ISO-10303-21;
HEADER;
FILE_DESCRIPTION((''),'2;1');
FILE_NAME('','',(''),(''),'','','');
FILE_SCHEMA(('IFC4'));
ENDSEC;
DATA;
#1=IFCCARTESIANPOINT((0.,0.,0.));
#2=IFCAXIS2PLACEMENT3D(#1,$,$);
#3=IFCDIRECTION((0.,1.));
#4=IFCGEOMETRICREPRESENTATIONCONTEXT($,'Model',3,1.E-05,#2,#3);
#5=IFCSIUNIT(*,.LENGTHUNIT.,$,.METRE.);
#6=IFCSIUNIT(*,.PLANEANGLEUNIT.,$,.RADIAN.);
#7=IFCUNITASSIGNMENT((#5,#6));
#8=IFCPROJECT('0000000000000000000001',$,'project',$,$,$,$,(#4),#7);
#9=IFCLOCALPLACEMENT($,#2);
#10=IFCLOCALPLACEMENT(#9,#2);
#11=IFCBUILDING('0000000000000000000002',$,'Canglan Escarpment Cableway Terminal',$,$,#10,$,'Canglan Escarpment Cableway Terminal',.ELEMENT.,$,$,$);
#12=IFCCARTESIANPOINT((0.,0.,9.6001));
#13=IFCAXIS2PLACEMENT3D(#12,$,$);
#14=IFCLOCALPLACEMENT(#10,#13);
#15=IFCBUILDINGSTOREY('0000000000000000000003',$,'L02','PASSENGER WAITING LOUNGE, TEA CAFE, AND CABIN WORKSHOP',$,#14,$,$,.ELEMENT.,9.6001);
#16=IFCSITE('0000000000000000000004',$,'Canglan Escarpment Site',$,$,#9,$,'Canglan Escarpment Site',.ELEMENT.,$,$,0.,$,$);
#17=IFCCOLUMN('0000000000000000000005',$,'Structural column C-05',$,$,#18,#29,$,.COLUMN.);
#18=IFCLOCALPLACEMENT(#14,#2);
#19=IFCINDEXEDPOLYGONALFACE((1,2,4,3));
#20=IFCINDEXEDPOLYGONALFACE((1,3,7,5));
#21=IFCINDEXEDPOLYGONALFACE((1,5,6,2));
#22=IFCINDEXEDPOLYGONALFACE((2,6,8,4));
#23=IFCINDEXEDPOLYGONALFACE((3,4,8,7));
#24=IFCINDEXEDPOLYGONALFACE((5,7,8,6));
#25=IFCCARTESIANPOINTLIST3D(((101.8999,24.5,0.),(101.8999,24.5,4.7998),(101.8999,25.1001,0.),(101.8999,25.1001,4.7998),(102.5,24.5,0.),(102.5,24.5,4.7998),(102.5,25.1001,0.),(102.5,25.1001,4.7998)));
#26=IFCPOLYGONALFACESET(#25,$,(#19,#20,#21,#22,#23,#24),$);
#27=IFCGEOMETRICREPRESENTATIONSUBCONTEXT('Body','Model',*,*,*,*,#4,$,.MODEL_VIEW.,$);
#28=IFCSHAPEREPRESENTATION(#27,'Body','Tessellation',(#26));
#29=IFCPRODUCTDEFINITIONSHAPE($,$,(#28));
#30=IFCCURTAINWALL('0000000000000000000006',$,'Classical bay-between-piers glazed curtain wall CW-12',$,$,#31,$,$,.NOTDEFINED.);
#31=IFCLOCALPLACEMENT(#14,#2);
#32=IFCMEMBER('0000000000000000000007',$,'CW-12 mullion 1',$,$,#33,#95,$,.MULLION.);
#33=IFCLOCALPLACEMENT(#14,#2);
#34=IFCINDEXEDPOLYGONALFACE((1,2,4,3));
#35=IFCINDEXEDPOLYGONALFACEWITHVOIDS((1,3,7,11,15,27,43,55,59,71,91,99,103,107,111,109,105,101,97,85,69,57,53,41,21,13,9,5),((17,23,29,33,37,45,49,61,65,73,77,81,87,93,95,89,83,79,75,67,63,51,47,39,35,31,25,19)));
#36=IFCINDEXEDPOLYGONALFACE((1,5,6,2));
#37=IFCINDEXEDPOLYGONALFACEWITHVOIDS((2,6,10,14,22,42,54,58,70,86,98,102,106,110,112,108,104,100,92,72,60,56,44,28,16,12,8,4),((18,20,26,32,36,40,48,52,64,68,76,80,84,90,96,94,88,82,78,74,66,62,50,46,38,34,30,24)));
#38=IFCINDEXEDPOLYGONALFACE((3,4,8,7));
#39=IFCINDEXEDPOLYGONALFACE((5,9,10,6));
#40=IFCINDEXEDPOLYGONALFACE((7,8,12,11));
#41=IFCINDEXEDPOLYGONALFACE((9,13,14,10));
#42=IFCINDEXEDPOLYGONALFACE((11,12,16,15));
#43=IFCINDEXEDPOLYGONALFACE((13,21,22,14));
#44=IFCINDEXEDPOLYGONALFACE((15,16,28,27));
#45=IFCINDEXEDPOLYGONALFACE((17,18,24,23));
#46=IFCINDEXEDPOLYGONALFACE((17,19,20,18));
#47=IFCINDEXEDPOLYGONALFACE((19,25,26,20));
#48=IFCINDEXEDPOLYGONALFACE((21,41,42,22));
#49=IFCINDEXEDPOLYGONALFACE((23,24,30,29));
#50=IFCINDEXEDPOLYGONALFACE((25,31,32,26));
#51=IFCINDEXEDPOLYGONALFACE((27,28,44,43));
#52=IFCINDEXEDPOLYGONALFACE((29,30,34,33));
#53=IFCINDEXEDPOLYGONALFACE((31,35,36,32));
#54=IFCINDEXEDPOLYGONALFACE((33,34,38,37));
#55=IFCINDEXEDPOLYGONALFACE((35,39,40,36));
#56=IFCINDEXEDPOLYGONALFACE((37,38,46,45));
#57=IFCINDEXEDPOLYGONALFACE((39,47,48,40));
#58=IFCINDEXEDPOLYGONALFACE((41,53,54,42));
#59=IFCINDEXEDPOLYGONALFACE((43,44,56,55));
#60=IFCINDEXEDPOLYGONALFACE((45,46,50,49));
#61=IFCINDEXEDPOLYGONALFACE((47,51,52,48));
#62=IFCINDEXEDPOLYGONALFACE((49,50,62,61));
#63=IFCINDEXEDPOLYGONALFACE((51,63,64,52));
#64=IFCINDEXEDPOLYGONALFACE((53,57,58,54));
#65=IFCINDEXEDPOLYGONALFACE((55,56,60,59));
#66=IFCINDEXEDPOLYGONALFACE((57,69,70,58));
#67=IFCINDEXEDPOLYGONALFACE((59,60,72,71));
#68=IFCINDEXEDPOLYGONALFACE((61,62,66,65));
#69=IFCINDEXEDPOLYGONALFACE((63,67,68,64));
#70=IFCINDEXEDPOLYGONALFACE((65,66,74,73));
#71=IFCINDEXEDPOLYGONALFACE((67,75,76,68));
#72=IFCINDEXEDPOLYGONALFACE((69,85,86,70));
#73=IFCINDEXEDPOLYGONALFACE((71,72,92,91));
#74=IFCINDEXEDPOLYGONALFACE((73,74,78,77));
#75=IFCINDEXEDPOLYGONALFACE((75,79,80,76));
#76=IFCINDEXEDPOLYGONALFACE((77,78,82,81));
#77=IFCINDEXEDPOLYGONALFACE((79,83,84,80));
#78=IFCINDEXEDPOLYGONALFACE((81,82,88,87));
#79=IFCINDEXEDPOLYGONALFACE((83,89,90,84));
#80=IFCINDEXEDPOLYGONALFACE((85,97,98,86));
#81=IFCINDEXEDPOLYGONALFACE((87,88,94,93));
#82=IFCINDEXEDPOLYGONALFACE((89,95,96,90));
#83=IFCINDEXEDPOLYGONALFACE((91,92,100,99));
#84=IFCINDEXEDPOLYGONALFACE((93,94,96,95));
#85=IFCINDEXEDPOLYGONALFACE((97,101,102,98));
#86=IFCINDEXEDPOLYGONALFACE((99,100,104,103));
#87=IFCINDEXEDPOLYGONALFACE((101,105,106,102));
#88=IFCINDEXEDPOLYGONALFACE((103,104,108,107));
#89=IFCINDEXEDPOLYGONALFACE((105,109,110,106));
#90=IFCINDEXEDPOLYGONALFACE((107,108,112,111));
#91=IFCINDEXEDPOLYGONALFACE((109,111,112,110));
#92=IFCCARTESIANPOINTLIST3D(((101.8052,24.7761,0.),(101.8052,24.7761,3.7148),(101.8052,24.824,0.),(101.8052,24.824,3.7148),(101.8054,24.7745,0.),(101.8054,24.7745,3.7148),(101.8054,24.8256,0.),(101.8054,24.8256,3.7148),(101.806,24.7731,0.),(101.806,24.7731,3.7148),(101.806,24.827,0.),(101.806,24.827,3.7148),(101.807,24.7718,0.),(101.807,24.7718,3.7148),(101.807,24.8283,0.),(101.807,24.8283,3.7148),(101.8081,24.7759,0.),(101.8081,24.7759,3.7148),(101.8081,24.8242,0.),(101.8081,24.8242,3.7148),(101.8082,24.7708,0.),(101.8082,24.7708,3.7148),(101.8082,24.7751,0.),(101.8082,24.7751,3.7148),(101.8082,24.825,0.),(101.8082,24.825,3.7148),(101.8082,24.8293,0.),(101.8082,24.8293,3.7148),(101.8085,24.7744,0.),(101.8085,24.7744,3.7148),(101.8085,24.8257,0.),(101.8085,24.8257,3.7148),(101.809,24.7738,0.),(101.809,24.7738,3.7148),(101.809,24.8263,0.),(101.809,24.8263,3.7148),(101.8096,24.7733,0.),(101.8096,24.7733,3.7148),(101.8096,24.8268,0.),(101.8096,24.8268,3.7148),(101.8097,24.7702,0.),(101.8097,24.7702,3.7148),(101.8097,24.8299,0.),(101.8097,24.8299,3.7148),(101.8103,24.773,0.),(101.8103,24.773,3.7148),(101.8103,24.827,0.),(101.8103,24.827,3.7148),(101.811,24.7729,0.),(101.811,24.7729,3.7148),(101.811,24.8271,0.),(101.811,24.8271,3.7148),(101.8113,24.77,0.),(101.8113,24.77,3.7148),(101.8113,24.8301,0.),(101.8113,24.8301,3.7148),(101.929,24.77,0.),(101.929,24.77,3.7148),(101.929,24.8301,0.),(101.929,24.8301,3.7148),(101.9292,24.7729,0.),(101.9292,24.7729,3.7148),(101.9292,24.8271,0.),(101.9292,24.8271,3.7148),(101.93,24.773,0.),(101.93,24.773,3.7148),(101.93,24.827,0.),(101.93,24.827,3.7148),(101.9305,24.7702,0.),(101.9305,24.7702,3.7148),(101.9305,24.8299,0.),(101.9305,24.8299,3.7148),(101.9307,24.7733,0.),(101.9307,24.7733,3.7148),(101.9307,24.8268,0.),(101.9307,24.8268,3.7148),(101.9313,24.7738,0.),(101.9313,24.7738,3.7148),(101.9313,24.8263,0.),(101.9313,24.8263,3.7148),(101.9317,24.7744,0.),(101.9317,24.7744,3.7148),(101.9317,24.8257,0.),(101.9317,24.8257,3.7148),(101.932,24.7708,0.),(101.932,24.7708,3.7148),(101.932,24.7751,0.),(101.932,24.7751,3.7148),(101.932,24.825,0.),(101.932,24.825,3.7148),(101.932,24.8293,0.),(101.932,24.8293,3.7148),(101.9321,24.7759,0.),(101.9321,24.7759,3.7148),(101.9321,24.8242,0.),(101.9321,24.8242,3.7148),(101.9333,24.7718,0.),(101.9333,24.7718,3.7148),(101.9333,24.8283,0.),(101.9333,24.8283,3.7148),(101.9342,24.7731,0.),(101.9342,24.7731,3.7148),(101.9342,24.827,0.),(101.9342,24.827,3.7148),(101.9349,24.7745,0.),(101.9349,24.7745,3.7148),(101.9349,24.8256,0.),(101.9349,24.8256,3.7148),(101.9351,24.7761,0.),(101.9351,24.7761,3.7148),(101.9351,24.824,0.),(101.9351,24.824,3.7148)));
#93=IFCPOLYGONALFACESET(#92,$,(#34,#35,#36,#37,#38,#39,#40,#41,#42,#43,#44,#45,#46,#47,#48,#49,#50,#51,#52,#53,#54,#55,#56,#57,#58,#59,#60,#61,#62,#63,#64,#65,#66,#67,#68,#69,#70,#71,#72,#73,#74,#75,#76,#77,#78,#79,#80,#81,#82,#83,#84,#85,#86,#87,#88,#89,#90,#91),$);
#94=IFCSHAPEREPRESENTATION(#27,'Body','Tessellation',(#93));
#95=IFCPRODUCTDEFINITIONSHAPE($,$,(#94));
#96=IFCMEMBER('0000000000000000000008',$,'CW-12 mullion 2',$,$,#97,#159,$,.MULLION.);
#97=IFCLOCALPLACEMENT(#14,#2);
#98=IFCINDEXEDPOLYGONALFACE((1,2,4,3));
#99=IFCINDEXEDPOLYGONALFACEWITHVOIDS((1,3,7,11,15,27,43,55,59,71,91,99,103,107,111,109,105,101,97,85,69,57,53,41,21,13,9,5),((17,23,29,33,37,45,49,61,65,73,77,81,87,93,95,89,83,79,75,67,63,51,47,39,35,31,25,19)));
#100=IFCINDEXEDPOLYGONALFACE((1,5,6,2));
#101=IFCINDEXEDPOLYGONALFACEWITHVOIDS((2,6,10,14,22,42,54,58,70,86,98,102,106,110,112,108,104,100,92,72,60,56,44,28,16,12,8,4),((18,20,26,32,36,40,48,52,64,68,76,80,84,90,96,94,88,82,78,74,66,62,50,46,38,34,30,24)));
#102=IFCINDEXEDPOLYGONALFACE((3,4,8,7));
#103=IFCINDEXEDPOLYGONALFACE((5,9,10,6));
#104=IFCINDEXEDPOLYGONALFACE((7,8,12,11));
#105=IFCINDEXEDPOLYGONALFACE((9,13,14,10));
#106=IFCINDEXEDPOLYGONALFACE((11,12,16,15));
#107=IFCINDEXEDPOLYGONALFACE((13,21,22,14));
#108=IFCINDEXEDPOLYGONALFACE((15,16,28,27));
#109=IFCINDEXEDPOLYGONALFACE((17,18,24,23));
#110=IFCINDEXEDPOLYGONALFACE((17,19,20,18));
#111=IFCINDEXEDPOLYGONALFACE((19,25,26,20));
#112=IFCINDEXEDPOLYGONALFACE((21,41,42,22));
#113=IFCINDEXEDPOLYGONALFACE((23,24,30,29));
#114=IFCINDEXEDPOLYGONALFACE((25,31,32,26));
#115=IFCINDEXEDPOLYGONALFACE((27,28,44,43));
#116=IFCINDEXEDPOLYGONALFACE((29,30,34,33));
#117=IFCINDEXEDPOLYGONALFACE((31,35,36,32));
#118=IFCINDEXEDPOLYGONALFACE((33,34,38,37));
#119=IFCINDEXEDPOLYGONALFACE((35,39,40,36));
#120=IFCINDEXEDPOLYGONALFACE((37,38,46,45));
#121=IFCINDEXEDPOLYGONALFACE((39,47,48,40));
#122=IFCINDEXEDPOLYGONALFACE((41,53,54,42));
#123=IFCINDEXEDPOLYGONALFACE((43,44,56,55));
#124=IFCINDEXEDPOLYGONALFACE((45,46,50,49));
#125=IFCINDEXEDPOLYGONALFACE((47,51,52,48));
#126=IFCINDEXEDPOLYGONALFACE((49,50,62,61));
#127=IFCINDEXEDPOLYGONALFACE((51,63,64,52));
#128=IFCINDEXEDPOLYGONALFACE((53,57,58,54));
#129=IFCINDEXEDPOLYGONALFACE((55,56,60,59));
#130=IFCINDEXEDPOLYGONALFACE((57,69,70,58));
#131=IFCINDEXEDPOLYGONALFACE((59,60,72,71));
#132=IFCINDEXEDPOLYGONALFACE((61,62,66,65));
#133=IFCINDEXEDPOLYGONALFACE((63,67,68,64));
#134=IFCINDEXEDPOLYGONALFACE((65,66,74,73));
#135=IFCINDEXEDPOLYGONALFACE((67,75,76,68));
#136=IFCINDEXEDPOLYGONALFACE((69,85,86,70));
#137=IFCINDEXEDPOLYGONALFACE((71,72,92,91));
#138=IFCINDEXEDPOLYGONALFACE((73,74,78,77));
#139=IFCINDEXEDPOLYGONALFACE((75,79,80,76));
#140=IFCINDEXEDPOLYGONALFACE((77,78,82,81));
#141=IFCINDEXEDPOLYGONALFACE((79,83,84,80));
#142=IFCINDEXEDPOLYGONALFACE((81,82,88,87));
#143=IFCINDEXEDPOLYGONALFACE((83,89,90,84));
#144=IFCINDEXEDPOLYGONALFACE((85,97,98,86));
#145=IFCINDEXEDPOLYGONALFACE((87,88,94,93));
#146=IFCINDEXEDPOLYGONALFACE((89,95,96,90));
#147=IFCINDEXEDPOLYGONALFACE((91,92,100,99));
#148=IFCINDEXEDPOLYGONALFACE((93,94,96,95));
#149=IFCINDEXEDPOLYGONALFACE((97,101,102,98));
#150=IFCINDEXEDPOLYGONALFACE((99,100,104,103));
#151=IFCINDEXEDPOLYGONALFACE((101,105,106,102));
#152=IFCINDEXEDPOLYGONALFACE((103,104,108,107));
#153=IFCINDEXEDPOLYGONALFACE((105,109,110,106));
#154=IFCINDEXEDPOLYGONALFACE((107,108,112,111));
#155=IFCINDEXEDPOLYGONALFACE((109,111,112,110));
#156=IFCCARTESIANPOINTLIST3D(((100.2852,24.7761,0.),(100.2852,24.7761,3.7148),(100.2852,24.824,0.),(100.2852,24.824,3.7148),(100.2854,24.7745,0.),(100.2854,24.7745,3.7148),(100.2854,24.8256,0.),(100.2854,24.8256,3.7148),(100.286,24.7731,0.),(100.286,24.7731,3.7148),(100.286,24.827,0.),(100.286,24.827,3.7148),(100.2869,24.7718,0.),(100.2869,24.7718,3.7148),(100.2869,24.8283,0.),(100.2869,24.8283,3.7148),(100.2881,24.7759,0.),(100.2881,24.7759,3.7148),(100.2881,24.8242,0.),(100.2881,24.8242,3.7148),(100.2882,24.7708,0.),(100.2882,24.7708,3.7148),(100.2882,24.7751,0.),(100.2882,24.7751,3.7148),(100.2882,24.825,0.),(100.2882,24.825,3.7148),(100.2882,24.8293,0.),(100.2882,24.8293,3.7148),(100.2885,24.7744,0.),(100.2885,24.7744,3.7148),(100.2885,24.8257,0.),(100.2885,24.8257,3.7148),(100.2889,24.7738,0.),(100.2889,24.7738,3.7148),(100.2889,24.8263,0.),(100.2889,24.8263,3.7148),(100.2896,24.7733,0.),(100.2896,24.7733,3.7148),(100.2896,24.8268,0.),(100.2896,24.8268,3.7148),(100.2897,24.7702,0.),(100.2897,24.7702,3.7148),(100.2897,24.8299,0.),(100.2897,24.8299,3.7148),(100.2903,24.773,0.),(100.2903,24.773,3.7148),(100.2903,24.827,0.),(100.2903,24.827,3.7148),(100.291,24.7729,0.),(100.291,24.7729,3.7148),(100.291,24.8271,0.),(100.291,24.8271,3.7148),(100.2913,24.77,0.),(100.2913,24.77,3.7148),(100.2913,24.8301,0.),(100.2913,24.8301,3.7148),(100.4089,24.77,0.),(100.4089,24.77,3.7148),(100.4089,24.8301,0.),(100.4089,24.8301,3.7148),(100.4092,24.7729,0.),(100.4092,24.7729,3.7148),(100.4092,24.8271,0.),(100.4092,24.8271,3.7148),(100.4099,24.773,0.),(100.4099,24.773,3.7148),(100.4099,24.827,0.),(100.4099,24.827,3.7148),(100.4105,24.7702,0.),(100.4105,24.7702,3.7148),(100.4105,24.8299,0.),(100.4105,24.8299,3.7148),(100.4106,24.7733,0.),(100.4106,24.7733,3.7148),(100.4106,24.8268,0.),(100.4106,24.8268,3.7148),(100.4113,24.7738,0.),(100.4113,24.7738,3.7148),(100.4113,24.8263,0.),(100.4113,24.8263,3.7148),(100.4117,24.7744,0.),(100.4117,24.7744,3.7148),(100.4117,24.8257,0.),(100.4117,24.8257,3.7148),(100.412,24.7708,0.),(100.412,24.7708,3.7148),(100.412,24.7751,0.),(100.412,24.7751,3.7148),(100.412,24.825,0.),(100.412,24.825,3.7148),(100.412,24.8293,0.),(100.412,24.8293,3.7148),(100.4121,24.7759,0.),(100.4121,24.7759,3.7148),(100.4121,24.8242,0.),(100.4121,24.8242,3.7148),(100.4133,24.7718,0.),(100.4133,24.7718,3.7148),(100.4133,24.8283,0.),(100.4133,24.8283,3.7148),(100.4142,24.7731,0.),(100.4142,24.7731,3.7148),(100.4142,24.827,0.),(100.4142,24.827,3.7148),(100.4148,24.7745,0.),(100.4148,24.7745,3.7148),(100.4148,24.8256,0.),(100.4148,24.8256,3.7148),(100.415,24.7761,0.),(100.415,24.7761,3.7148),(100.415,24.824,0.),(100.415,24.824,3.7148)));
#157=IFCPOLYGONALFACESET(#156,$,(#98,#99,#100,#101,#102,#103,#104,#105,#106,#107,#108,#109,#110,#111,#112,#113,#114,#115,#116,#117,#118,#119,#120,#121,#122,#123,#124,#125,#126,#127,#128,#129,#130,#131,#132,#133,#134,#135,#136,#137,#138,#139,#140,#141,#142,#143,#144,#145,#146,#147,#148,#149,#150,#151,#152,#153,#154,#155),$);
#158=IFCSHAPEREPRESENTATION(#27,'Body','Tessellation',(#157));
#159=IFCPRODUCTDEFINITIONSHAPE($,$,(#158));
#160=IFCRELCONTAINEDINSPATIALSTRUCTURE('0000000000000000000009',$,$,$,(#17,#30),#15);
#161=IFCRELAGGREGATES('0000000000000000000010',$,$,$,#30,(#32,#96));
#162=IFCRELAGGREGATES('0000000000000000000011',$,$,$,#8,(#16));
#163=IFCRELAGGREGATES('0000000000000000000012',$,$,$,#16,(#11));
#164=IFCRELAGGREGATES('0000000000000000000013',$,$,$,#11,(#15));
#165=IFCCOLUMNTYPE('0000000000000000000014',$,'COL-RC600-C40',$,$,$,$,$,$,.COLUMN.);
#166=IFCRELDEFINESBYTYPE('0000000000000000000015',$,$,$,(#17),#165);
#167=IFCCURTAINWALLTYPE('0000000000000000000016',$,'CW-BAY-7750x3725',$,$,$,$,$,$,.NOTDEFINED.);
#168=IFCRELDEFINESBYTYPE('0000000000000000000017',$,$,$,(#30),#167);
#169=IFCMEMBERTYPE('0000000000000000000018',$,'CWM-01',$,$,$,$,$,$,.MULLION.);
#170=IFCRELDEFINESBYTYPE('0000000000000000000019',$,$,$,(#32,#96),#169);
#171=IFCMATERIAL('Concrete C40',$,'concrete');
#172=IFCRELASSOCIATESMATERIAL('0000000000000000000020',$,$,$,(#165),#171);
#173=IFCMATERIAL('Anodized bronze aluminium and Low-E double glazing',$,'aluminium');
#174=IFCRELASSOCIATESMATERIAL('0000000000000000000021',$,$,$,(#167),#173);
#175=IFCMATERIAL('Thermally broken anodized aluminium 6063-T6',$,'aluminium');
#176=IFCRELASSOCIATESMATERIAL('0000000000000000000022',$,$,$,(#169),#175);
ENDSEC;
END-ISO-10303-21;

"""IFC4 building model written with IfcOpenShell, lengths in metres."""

from ifc_helpers import new_model, si_unit, direction, frame, origin, origin_2d, place, context, subcontext, project, spatial, rectangle, hollow_rectangle, extrude, material, material_profile, profile_set, type_object, element, aggregate, save


model = new_model("IFC4")

# Units and contexts
model_context = context("Model", 3, precision=1e-05, world=origin(), true_north=direction((0.0, 1.0)))
body_context = subcontext(model_context, "Body", "Model", "MODEL_VIEW")
ifc_project = project(units=[si_unit("LENGTHUNIT", "METRE"), si_unit("PLANEANGLEUNIT", "RADIAN")], contexts=[model_context])

# Site, building, storey
site_placement = place(None, origin())
site = spatial("IfcSite", under=ifc_project, at=site_placement, Name="Canglan Escarpment Site", LongName="Canglan Escarpment Site", CompositionType="ELEMENT", RefElevation=0.0)
building_placement = place(site_placement, origin())
building = spatial("IfcBuilding", under=site, at=building_placement, Name="Canglan Escarpment Cableway Terminal", LongName="Canglan Escarpment Cableway Terminal", CompositionType="ELEMENT")
storey_placement = place(building_placement, frame((0.0, 0.0, 9.6001)))
storey = spatial("IfcBuildingStorey", under=building, at=storey_placement, Name="L02", Description="PASSENGER WAITING LOUNGE, TEA CAFE, AND CABIN WORKSHOP", CompositionType="ELEMENT", Elevation=9.6001)

# Column
ifc_material_1 = material(Name="Concrete C40", Category="concrete")
ifc_material_profile_1 = material_profile(ifc_material_1, rectangle(XDim=0.6001, YDim=0.6001, at=origin_2d()), Name="RC 600x600")
ifc_profile_set_1 = profile_set([ifc_material_profile_1], Name="Concrete C40")
column_type = type_object("IfcColumnType", Name="COL-RC600-C40", PredefinedType="COLUMN", material=ifc_profile_set_1)
column_placement = place(storey_placement, frame((102.2, 24.8, 0.0), z_axis=(0.0, 0.0, 1.0), x_axis=(1.0, 0.0, 0.0)))
element("IfcColumn", 1, at=column_placement, inside=storey, type_object=column_type, Name="Structural column C-05", PredefinedType="COLUMN", context=body_context, shape_type="SweptSolid", body=[
    extrude(rectangle(XDim=0.6001, YDim=0.6001, at=origin_2d()), origin(), (0.0, 0.0, 1.0), 4.7998),
])

# Curtain wall, members
ifc_material_2 = material(Name="Anodized bronze aluminium and Low-E double glazing", Category="aluminium")
curtain_wall_type = type_object("IfcCurtainWallType", Name="CW-BAY-7750x3725", PredefinedType="NOTDEFINED", material=ifc_material_2)
curtain_wall_1_placement = place(storey_placement, origin())
curtain_wall_1 = element("IfcCurtainWall", 2, at=curtain_wall_1_placement, inside=storey, type_object=curtain_wall_type, Name="Classical bay-between-piers glazed curtain wall CW-12", PredefinedType="NOTDEFINED")
ifc_material_3 = material(Name="Thermally broken anodized aluminium 6063-T6", Category="aluminium")
ifc_material_profile_2 = material_profile(ifc_material_3, hollow_rectangle(XDim=0.0601, YDim=0.1299, WallThickness=0.0029, InnerFilletRadius=0.0029, OuterFilletRadius=0.0061, at=origin_2d()), Name="ALU-MULL 60x130x3")
ifc_profile_set_2 = profile_set([ifc_material_profile_2], Name="Thermally broken anodized aluminium 6063-T6")
member_type_1 = type_object("IfcMemberType", Name="CWM-01", PredefinedType="MULLION", material=ifc_profile_set_2)
member_1_placement = place(storey_placement, frame((101.8701, 24.8, 0.0), z_axis=(0.0, 0.0, 1.0), x_axis=(0.0, -1.0, 0.0)))
member_1 = element("IfcMember", 3, at=member_1_placement, type_object=member_type_1, Name="CW-12 mullion 1", PredefinedType="MULLION", context=body_context, shape_type="SweptSolid", body=[
    extrude(hollow_rectangle(XDim=0.0601, YDim=0.1299, WallThickness=0.0029, InnerFilletRadius=0.0029, OuterFilletRadius=0.0061, at=origin_2d()), origin(), (0.0, 0.0, 1.0), 3.7148),
])
member_2_placement = place(storey_placement, frame((100.3501, 24.8, 0.0), z_axis=(0.0, 0.0, 1.0), x_axis=(0.0, -1.0, 0.0)))
member_2 = element("IfcMember", 4, at=member_2_placement, type_object=member_type_1, Name="CW-12 mullion 2", PredefinedType="MULLION", context=body_context, shape_type="SweptSolid", body=[
    extrude(hollow_rectangle(XDim=0.0601, YDim=0.1299, WallThickness=0.0029, InnerFilletRadius=0.0029, OuterFilletRadius=0.0061, at=origin_2d()), origin(), (0.0, 0.0, 1.0), 3.7148),
])

aggregate(curtain_wall_1, [member_1, member_2])

save(model, "model.ifc")
